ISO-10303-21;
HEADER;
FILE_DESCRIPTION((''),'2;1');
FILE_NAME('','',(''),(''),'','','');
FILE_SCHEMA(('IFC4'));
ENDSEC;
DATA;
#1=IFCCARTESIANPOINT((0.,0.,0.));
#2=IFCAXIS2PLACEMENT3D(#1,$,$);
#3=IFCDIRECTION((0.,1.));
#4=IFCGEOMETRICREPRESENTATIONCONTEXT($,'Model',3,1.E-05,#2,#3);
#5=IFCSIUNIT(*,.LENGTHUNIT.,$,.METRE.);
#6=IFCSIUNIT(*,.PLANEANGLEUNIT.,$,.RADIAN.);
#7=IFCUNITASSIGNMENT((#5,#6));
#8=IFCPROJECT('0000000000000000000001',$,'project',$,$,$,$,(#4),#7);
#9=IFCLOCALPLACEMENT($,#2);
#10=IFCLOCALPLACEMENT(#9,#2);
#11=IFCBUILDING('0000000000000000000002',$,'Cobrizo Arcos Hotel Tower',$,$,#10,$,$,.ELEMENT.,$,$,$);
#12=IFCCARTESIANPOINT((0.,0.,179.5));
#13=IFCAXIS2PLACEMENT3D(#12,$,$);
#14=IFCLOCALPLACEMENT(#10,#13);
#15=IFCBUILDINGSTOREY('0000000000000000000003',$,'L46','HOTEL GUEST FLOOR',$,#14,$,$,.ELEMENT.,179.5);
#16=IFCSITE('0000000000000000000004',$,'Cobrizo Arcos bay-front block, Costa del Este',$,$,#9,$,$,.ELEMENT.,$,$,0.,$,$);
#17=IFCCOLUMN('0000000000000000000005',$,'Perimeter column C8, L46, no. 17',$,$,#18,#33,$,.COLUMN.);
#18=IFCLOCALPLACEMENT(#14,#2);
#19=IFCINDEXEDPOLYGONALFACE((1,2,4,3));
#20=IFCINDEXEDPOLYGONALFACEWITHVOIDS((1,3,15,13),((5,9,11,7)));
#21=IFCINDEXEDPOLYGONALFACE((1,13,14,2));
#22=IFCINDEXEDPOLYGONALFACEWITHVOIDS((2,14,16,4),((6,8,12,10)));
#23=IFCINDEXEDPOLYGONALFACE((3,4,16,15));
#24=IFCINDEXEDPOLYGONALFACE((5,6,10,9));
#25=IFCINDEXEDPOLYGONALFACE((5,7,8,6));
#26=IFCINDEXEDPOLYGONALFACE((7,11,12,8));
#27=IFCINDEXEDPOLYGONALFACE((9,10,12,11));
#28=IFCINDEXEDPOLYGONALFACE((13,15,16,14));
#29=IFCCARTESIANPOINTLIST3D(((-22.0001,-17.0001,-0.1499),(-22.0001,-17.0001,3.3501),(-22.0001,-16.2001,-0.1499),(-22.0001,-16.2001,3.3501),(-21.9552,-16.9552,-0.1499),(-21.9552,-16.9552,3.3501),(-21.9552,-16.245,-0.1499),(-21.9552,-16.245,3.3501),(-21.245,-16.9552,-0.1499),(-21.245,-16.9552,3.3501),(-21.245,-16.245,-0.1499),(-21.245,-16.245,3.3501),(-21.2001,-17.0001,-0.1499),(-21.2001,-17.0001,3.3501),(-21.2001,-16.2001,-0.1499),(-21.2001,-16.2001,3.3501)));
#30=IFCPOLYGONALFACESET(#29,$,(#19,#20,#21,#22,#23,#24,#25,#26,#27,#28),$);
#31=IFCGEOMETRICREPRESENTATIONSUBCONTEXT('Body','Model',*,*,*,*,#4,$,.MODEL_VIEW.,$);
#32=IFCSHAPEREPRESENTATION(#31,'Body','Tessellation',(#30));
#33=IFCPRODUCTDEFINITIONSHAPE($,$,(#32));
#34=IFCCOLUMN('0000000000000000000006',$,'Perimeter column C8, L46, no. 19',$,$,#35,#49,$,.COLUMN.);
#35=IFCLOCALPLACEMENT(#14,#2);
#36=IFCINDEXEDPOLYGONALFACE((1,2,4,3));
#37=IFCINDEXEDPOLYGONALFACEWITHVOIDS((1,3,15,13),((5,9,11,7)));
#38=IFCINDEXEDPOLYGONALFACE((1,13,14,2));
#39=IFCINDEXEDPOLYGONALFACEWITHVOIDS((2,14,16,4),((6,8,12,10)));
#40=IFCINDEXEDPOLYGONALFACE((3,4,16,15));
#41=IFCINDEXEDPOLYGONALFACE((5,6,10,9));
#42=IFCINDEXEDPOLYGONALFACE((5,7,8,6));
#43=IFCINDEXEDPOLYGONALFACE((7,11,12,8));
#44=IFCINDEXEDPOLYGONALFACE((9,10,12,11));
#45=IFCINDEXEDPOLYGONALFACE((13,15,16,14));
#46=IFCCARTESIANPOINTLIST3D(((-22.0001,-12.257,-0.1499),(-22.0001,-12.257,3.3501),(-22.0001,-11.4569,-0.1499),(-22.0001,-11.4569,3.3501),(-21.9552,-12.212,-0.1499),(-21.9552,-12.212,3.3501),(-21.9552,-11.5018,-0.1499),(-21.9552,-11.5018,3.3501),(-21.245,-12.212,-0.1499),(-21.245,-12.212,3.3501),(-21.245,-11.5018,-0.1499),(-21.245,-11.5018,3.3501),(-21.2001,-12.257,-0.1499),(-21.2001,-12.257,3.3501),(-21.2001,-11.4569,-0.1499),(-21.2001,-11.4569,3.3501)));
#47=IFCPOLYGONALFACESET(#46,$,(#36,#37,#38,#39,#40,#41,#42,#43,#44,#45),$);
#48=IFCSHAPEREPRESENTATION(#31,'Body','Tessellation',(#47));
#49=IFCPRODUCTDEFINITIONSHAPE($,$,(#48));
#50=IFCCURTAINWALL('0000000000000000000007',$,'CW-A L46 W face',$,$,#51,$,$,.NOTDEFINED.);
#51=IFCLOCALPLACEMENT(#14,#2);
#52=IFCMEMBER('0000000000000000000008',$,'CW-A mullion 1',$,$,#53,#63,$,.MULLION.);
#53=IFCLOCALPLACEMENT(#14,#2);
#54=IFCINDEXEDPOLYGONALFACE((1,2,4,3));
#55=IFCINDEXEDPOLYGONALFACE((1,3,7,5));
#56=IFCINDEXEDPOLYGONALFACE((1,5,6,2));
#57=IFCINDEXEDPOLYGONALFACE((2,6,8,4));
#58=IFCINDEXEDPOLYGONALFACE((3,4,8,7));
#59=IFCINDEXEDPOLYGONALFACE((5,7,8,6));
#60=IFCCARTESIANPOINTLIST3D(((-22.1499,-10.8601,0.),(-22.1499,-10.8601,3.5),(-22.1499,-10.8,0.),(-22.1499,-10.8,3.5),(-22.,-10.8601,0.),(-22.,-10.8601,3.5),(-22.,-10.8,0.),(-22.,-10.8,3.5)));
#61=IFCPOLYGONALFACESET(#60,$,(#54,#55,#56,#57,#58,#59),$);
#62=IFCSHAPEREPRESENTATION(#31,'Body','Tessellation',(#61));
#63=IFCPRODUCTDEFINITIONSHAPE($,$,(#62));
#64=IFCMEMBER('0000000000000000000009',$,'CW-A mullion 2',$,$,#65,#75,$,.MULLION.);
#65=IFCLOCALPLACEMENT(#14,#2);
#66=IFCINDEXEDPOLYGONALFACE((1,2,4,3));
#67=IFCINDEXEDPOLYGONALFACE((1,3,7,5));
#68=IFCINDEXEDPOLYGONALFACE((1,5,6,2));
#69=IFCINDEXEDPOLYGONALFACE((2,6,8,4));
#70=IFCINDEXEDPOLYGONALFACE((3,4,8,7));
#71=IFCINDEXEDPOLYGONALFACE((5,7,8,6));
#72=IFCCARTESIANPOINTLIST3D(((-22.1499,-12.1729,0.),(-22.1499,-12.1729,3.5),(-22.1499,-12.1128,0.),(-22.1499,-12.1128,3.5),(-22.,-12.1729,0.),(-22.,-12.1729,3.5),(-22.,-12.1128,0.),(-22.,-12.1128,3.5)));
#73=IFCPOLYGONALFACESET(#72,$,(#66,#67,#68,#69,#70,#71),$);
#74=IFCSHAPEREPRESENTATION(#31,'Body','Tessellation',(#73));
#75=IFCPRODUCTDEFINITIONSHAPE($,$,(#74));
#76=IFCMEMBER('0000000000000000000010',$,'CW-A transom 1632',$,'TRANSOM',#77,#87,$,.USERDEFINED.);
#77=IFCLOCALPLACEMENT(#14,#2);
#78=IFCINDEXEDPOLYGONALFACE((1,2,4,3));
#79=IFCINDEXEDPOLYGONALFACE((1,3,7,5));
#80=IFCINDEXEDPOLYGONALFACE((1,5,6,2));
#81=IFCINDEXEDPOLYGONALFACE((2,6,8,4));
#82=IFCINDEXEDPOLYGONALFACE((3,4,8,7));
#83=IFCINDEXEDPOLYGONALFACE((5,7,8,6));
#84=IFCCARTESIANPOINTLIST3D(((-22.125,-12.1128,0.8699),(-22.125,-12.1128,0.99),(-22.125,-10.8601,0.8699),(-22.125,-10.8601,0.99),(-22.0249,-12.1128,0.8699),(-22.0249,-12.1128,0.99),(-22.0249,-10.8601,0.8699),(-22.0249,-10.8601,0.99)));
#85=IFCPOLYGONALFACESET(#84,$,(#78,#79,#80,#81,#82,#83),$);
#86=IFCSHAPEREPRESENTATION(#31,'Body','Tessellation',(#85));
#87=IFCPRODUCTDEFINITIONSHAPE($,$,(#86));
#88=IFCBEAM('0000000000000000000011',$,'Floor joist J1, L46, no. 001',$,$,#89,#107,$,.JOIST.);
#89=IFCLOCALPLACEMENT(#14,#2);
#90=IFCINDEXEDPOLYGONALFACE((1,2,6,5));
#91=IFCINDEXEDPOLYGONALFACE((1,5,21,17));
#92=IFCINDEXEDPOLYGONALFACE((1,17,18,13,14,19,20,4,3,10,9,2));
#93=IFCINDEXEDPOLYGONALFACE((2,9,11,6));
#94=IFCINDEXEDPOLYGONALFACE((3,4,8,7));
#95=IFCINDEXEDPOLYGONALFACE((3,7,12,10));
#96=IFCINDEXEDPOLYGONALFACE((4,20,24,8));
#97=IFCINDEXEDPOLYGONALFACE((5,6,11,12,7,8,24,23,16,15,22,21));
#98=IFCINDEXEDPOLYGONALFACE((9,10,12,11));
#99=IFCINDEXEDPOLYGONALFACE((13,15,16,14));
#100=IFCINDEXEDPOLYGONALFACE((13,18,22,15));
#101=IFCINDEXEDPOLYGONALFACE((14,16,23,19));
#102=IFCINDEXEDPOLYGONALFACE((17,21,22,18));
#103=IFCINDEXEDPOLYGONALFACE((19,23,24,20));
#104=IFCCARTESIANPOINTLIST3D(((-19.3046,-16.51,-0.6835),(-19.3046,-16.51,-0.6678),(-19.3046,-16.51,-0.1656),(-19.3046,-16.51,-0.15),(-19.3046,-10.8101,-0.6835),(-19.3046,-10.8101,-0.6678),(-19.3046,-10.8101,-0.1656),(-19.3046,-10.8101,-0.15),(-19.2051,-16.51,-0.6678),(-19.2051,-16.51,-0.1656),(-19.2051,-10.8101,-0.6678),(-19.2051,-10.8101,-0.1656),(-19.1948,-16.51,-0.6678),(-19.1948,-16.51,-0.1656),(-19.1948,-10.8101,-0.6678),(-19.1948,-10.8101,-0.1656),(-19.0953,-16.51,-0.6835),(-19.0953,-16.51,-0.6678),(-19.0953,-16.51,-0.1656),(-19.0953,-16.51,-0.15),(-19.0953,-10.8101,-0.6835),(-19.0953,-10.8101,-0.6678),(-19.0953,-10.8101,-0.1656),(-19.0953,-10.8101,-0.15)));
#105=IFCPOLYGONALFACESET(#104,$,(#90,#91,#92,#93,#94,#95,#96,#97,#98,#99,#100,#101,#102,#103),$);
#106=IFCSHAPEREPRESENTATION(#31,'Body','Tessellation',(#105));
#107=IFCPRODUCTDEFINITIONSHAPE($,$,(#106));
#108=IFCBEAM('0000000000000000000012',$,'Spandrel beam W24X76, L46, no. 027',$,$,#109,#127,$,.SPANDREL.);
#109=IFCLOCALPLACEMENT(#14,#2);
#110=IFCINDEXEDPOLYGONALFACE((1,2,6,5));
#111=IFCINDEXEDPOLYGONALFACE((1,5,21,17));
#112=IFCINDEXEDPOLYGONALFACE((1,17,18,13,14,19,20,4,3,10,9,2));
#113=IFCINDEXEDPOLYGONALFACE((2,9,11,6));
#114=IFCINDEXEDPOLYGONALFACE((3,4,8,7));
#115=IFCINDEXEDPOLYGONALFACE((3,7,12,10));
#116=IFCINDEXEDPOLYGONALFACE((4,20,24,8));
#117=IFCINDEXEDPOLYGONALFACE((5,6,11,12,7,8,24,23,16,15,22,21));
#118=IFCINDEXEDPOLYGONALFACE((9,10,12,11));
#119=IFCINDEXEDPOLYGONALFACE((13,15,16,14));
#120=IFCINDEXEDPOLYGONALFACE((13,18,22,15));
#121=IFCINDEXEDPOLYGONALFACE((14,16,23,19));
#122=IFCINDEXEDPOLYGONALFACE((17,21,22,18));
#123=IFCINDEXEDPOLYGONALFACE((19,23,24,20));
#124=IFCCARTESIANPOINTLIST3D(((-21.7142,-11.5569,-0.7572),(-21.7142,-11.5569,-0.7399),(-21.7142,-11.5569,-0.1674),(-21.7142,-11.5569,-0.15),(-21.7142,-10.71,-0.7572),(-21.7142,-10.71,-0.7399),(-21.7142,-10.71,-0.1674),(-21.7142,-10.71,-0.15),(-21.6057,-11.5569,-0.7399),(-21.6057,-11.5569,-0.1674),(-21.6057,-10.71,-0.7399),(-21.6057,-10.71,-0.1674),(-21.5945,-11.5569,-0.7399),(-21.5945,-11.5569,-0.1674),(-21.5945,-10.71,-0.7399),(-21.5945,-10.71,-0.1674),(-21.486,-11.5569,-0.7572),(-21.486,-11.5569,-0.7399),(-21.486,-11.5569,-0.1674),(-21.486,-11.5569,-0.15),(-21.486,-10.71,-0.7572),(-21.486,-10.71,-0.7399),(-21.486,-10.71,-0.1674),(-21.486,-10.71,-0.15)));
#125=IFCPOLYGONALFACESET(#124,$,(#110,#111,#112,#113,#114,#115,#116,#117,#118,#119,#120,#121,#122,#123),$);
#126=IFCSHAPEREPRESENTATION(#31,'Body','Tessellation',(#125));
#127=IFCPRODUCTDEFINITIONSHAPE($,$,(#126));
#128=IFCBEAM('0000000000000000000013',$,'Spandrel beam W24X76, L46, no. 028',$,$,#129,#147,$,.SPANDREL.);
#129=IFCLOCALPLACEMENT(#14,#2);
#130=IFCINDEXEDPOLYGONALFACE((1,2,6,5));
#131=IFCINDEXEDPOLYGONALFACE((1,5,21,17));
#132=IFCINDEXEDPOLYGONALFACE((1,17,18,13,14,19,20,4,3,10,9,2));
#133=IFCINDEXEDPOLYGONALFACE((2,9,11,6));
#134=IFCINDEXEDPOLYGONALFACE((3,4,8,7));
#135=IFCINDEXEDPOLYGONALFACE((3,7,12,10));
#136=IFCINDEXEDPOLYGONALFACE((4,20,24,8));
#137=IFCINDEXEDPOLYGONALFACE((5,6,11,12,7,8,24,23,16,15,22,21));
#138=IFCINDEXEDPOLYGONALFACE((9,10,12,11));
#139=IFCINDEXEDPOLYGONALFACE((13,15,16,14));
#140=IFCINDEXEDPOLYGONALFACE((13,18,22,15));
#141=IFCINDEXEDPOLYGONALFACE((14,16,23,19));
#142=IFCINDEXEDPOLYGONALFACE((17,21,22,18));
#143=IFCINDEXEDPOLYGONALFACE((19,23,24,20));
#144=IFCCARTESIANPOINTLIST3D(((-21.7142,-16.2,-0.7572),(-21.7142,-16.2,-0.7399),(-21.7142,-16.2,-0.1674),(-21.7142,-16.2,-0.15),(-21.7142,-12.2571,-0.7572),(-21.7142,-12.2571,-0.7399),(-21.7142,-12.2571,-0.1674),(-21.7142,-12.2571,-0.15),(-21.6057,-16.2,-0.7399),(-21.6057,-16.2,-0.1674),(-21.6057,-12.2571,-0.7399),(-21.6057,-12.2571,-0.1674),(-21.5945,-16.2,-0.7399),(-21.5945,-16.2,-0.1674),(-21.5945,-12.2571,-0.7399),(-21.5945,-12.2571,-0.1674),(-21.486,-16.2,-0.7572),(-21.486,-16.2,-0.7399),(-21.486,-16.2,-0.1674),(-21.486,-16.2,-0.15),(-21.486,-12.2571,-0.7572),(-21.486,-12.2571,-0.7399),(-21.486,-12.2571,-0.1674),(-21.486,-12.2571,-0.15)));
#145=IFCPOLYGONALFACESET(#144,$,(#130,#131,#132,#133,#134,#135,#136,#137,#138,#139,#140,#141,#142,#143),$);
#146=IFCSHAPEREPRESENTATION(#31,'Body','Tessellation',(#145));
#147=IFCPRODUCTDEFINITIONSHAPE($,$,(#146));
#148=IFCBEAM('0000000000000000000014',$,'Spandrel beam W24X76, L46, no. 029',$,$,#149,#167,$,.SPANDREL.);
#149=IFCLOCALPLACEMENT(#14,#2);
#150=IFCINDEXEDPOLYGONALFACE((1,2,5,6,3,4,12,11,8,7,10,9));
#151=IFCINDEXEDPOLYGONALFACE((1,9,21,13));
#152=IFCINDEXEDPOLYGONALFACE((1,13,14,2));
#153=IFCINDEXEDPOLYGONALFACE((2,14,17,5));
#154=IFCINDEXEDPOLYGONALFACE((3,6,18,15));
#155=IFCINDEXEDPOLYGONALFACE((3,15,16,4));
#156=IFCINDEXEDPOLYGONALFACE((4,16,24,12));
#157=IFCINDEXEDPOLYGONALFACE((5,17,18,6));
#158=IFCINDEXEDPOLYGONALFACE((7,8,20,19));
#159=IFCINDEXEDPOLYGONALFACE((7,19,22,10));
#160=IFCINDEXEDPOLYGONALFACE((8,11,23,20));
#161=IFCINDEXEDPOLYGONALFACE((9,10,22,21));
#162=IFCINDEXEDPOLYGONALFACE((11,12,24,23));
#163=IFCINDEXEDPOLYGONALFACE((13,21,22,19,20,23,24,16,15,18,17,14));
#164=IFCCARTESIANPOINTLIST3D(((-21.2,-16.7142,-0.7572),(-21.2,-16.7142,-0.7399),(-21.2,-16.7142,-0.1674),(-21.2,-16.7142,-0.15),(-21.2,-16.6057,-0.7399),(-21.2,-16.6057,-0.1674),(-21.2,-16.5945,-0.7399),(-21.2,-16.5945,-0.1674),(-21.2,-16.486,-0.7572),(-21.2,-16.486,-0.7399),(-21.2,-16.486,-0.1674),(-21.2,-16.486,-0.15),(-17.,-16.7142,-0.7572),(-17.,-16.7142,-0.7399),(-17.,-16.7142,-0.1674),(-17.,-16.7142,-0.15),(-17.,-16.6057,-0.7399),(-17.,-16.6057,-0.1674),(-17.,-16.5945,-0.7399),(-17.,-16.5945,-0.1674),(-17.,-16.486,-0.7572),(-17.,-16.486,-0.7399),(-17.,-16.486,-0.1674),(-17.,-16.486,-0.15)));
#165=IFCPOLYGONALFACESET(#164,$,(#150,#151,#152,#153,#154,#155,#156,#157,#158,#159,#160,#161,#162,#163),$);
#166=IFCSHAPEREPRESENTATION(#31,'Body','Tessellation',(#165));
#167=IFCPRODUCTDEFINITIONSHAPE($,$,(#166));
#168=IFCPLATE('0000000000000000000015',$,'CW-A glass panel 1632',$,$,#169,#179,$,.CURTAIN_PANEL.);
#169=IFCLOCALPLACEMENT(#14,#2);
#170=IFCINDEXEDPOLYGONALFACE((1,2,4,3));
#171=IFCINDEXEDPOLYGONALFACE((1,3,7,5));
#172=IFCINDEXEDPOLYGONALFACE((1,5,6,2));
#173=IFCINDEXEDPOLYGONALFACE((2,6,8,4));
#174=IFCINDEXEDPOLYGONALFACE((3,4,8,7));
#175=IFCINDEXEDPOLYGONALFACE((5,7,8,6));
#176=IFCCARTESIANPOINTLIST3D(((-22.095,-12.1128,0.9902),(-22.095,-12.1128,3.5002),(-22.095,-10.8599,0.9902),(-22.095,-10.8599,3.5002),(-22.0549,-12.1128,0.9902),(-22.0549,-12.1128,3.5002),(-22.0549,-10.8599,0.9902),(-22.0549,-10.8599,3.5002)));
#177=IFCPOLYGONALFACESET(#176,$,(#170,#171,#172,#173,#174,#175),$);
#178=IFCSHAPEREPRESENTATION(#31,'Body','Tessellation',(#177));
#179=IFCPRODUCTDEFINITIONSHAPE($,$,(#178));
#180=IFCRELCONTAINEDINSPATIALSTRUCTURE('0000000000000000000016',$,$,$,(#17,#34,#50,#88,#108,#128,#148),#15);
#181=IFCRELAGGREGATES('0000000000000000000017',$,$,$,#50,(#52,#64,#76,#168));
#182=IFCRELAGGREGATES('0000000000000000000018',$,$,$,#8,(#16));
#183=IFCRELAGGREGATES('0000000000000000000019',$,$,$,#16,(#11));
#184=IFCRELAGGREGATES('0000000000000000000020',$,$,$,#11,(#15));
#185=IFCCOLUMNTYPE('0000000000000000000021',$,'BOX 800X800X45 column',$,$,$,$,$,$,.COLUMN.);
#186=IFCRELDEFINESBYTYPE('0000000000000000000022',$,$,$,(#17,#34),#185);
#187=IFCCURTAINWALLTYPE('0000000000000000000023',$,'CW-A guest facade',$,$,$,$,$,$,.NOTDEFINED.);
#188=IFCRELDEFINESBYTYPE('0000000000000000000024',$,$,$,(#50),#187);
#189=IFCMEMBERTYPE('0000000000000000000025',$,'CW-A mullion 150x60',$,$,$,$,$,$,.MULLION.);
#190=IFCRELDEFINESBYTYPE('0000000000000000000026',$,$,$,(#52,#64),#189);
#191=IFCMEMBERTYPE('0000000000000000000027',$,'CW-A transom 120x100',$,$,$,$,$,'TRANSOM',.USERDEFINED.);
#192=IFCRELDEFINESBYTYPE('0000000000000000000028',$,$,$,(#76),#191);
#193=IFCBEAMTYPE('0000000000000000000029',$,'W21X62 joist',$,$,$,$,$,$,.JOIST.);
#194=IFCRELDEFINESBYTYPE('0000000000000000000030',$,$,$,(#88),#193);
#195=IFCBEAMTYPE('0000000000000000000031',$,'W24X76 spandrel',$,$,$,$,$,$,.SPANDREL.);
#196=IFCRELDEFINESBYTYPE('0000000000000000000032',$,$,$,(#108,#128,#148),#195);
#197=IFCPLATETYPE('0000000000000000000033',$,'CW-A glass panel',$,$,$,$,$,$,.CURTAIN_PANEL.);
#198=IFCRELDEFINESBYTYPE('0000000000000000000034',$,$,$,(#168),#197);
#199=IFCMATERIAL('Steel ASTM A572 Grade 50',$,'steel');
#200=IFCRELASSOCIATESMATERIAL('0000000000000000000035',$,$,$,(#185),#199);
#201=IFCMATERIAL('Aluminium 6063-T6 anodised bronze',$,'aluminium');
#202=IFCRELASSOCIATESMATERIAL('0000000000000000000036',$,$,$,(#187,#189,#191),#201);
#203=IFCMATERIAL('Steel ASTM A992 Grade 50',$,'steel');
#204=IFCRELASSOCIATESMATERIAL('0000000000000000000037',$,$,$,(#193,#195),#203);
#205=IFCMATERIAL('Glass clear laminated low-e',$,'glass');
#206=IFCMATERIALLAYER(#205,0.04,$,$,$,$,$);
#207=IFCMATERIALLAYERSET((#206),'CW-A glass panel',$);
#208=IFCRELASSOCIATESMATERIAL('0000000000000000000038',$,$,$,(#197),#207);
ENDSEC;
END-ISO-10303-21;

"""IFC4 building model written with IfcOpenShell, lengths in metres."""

from ifc_helpers import new_model, si_unit, direction, frame, origin, origin_2d, place, context, subcontext, project, spatial, rectangle, hollow_rectangle, i_section, extrude, material, layer, layer_set, material_profile, profile_set, type_object, element, aggregate, save


model = new_model("IFC4")

# Units and contexts
model_context = context("Model", 3, precision=1e-05, world=origin(), true_north=direction((0.0, 1.0)))
body_context = subcontext(model_context, "Body", "Model", "MODEL_VIEW")
ifc_project = project(units=[si_unit("LENGTHUNIT", "METRE"), si_unit("PLANEANGLEUNIT", "RADIAN")], contexts=[model_context])

# Site, building, storey
site_placement = place(None, origin())
site = spatial("IfcSite", under=ifc_project, at=site_placement, Name="Cobrizo Arcos bay-front block, Costa del Este", CompositionType="ELEMENT", RefElevation=0.0)
building_placement = place(site_placement, origin())
building = spatial("IfcBuilding", under=site, at=building_placement, Name="Cobrizo Arcos Hotel Tower", CompositionType="ELEMENT")
storey_placement = place(building_placement, frame((0.0, 0.0, 179.5)))
storey = spatial("IfcBuildingStorey", under=building, at=storey_placement, Name="L46", Description="HOTEL GUEST FLOOR", CompositionType="ELEMENT", Elevation=179.5)

# Columns
ifc_material_1 = material(Name="Steel ASTM A572 Grade 50", Category="steel")
ifc_material_profile_1 = material_profile(ifc_material_1, hollow_rectangle(XDim=0.8, YDim=0.8, WallThickness=0.0449, at=origin_2d()), Name="BOX 800X800X45")
ifc_profile_set_1 = profile_set([ifc_material_profile_1], Name="Steel ASTM A572 Grade 50")
column_type = type_object("IfcColumnType", Name="BOX 800X800X45 column", PredefinedType="COLUMN", material=ifc_profile_set_1)
for number, where, z_axis, x_axis, name in (
    (1, (-21.6001, -16.6001, -0.1499), (0.0, 0.0, 1.0), (1.0, 0.0, 0.0), "Perimeter column C8, L46, no. 17"),
    (2, (-21.6001, -11.8569, -0.1499), (0.0, 0.0, 1.0), (1.0, 0.0, 0.0), "Perimeter column C8, L46, no. 19"),
):
    element("IfcColumn", number, at=place(storey_placement, frame(where, z_axis=z_axis, x_axis=x_axis)), inside=storey, type_object=column_type, Name=name, PredefinedType="COLUMN", context=body_context, shape_type="SweptSolid", body=[
        extrude(hollow_rectangle(XDim=0.8, YDim=0.8, WallThickness=0.0449, at=origin_2d()), origin(), (0.0, 0.0, 1.0), 3.5),
    ])

# Curtain wall, members
ifc_material_2 = material(Name="Aluminium 6063-T6 anodised bronze", Category="aluminium")
curtain_wall_type = type_object("IfcCurtainWallType", Name="CW-A guest facade", PredefinedType="NOTDEFINED", material=ifc_material_2)
curtain_wall_placement = place(storey_placement, origin())
curtain_wall = element("IfcCurtainWall", 3, at=curtain_wall_placement, inside=storey, type_object=curtain_wall_type, Name="CW-A L46 W face", PredefinedType="NOTDEFINED")
ifc_material_profile_2 = material_profile(ifc_material_2, rectangle(XDim=0.1499, YDim=0.0601, at=origin_2d()), Name="CW-A mullion 150x60")
ifc_profile_set_2 = profile_set([ifc_material_profile_2], Name="Aluminium 6063-T6 anodised bronze")
member_type_1 = type_object("IfcMemberType", Name="CW-A mullion 150x60", PredefinedType="MULLION", material=ifc_profile_set_2)
member_1_placement = place(storey_placement, frame((-22.075, -10.8301, 0.0), z_axis=(0.0, 0.0, 1.0), x_axis=(-1.0, 0.0, 0.0)))
member_1 = element("IfcMember", 4, at=member_1_placement, type_object=member_type_1, Name="CW-A mullion 1", PredefinedType="MULLION", context=body_context, shape_type="SweptSolid", body=[
    extrude(rectangle(XDim=0.1499, YDim=0.0601, at=origin_2d()), origin(), (0.0, 0.0, 1.0), 3.5),
])
member_2_placement = place(storey_placement, frame((-22.075, -12.1428, 0.0), z_axis=(0.0, 0.0, 1.0), x_axis=(-1.0, 0.0, 0.0)))
member_2 = element("IfcMember", 5, at=member_2_placement, type_object=member_type_1, Name="CW-A mullion 2", PredefinedType="MULLION", context=body_context, shape_type="SweptSolid", body=[
    extrude(rectangle(XDim=0.1499, YDim=0.0601, at=origin_2d()), origin(), (0.0, 0.0, 1.0), 3.5),
])
ifc_material_profile_3 = material_profile(ifc_material_2, rectangle(XDim=0.1001, YDim=0.1201, at=origin_2d()), Name="CW-A transom 120x100")
ifc_profile_set_3 = profile_set([ifc_material_profile_3], Name="Aluminium 6063-T6 anodised bronze")
member_type_2 = type_object("IfcMemberType", Name="CW-A transom 120x100", ElementType="TRANSOM", PredefinedType="USERDEFINED", material=ifc_profile_set_3)
member_3_placement = place(storey_placement, frame((-22.075, -10.8601, 0.9299), z_axis=(0.0, -1.0, 0.0), x_axis=(1.0, 0.0, 0.0)))
member_3 = element("IfcMember", 6, at=member_3_placement, type_object=member_type_2, Name="CW-A transom 1632", ObjectType="TRANSOM", PredefinedType="USERDEFINED", context=body_context, shape_type="SweptSolid", body=[
    extrude(rectangle(XDim=0.1001, YDim=0.1201, at=origin_2d()), origin(), (0.0, 0.0, 1.0), 1.2527),
])

# Beams
ifc_material_3 = material(Name="Steel ASTM A992 Grade 50", Category="steel")
ifc_material_profile_4 = material_profile(ifc_material_3, i_section(OverallWidth=0.2092, OverallDepth=0.5334, WebThickness=0.0103, FlangeThickness=0.0156, at=origin_2d()), Name="W21X62")
ifc_profile_set_4 = profile_set([ifc_material_profile_4], Name="Steel ASTM A992 Grade 50")
beam_type_1 = type_object("IfcBeamType", Name="W21X62 joist", PredefinedType="JOIST", material=ifc_profile_set_4)
beam_1_placement = place(storey_placement, frame((-19.2, -16.51, -0.4167), z_axis=(0.0, 1.0, 0.0), x_axis=(-1.0, 0.0, 0.0)))
element("IfcBeam", 7, at=beam_1_placement, inside=storey, type_object=beam_type_1, Name="Floor joist J1, L46, no. 001", PredefinedType="JOIST", context=body_context, shape_type="SweptSolid", body=[
    extrude(i_section(OverallWidth=0.2092, OverallDepth=0.5334, WebThickness=0.0103, FlangeThickness=0.0156, at=origin_2d()), origin(), (0.0, 0.0, 1.0), 5.7),
])
ifc_material_profile_5 = material_profile(ifc_material_3, i_section(OverallWidth=0.2283, OverallDepth=0.6072, WebThickness=0.0112, FlangeThickness=0.0173, at=origin_2d()), Name="W24X76")
ifc_profile_set_5 = profile_set([ifc_material_profile_5], Name="Steel ASTM A992 Grade 50")
beam_type_2 = type_object("IfcBeamType", Name="W24X76 spandrel", PredefinedType="SPANDREL", material=ifc_profile_set_5)
beam_2_placement = place(storey_placement, frame((-21.6001, -10.71, -0.4536), z_axis=(0.0, -1.0, 0.0), x_axis=(1.0, 0.0, 0.0)))
element("IfcBeam", 8, at=beam_2_placement, inside=storey, type_object=beam_type_2, Name="Spandrel beam W24X76, L46, no. 027", PredefinedType="SPANDREL", context=body_context, shape_type="SweptSolid", body=[
    extrude(i_section(OverallWidth=0.2283, OverallDepth=0.6072, WebThickness=0.0112, FlangeThickness=0.0173, at=origin_2d()), origin(), (0.0, 0.0, 1.0), 0.8469),
])
beam_3_placement = place(storey_placement, frame((-21.6001, -12.2571, -0.4536), z_axis=(0.0, -1.0, 0.0), x_axis=(1.0, 0.0, 0.0)))
element("IfcBeam", 9, at=beam_3_placement, inside=storey, type_object=beam_type_2, Name="Spandrel beam W24X76, L46, no. 028", PredefinedType="SPANDREL", context=body_context, shape_type="SweptSolid", body=[
    extrude(i_section(OverallWidth=0.2283, OverallDepth=0.6072, WebThickness=0.0112, FlangeThickness=0.0173, at=origin_2d()), origin(), (0.0, 0.0, 1.0), 3.9429),
])
beam_4_placement = place(storey_placement, frame((-21.2, -16.6001, -0.4536), z_axis=(1.0, 0.0, 0.0), x_axis=(0.0, 1.0, 0.0)))
element("IfcBeam", 10, at=beam_4_placement, inside=storey, type_object=beam_type_2, Name="Spandrel beam W24X76, L46, no. 029", PredefinedType="SPANDREL", context=body_context, shape_type="SweptSolid", body=[
    extrude(i_section(OverallWidth=0.2283, OverallDepth=0.6072, WebThickness=0.0112, FlangeThickness=0.0173, at=origin_2d()), origin(), (0.0, 0.0, 1.0), 4.2),
])

# Plate
ifc_material_4 = material(Name="Glass clear laminated low-e", Category="glass")
ifc_layer_1 = layer(ifc_material_4, 0.04)
ifc_layer_set_1 = layer_set([ifc_layer_1], Name="CW-A glass panel")
plate_type_1 = type_object("IfcPlateType", Name="CW-A glass panel", PredefinedType="CURTAIN_PANEL", material=ifc_layer_set_1)
plate_1_placement = place(storey_placement, frame((-22.075, -11.4863, 0.9902), z_axis=(0.0, 0.0, 1.0), x_axis=(0.0, -1.0, 0.0)))
plate_1 = element("IfcPlate", 11, at=plate_1_placement, type_object=plate_type_1, Name="CW-A glass panel 1632", PredefinedType="CURTAIN_PANEL", context=body_context, shape_type="SweptSolid", body=[
    extrude(rectangle(XDim=1.2529, YDim=0.04, at=origin_2d()), origin(), (0.0, 0.0, 1.0), 2.51),
])
aggregate(curtain_wall, [member_1, member_2, member_3, plate_1])

save(model, "model.ifc")
